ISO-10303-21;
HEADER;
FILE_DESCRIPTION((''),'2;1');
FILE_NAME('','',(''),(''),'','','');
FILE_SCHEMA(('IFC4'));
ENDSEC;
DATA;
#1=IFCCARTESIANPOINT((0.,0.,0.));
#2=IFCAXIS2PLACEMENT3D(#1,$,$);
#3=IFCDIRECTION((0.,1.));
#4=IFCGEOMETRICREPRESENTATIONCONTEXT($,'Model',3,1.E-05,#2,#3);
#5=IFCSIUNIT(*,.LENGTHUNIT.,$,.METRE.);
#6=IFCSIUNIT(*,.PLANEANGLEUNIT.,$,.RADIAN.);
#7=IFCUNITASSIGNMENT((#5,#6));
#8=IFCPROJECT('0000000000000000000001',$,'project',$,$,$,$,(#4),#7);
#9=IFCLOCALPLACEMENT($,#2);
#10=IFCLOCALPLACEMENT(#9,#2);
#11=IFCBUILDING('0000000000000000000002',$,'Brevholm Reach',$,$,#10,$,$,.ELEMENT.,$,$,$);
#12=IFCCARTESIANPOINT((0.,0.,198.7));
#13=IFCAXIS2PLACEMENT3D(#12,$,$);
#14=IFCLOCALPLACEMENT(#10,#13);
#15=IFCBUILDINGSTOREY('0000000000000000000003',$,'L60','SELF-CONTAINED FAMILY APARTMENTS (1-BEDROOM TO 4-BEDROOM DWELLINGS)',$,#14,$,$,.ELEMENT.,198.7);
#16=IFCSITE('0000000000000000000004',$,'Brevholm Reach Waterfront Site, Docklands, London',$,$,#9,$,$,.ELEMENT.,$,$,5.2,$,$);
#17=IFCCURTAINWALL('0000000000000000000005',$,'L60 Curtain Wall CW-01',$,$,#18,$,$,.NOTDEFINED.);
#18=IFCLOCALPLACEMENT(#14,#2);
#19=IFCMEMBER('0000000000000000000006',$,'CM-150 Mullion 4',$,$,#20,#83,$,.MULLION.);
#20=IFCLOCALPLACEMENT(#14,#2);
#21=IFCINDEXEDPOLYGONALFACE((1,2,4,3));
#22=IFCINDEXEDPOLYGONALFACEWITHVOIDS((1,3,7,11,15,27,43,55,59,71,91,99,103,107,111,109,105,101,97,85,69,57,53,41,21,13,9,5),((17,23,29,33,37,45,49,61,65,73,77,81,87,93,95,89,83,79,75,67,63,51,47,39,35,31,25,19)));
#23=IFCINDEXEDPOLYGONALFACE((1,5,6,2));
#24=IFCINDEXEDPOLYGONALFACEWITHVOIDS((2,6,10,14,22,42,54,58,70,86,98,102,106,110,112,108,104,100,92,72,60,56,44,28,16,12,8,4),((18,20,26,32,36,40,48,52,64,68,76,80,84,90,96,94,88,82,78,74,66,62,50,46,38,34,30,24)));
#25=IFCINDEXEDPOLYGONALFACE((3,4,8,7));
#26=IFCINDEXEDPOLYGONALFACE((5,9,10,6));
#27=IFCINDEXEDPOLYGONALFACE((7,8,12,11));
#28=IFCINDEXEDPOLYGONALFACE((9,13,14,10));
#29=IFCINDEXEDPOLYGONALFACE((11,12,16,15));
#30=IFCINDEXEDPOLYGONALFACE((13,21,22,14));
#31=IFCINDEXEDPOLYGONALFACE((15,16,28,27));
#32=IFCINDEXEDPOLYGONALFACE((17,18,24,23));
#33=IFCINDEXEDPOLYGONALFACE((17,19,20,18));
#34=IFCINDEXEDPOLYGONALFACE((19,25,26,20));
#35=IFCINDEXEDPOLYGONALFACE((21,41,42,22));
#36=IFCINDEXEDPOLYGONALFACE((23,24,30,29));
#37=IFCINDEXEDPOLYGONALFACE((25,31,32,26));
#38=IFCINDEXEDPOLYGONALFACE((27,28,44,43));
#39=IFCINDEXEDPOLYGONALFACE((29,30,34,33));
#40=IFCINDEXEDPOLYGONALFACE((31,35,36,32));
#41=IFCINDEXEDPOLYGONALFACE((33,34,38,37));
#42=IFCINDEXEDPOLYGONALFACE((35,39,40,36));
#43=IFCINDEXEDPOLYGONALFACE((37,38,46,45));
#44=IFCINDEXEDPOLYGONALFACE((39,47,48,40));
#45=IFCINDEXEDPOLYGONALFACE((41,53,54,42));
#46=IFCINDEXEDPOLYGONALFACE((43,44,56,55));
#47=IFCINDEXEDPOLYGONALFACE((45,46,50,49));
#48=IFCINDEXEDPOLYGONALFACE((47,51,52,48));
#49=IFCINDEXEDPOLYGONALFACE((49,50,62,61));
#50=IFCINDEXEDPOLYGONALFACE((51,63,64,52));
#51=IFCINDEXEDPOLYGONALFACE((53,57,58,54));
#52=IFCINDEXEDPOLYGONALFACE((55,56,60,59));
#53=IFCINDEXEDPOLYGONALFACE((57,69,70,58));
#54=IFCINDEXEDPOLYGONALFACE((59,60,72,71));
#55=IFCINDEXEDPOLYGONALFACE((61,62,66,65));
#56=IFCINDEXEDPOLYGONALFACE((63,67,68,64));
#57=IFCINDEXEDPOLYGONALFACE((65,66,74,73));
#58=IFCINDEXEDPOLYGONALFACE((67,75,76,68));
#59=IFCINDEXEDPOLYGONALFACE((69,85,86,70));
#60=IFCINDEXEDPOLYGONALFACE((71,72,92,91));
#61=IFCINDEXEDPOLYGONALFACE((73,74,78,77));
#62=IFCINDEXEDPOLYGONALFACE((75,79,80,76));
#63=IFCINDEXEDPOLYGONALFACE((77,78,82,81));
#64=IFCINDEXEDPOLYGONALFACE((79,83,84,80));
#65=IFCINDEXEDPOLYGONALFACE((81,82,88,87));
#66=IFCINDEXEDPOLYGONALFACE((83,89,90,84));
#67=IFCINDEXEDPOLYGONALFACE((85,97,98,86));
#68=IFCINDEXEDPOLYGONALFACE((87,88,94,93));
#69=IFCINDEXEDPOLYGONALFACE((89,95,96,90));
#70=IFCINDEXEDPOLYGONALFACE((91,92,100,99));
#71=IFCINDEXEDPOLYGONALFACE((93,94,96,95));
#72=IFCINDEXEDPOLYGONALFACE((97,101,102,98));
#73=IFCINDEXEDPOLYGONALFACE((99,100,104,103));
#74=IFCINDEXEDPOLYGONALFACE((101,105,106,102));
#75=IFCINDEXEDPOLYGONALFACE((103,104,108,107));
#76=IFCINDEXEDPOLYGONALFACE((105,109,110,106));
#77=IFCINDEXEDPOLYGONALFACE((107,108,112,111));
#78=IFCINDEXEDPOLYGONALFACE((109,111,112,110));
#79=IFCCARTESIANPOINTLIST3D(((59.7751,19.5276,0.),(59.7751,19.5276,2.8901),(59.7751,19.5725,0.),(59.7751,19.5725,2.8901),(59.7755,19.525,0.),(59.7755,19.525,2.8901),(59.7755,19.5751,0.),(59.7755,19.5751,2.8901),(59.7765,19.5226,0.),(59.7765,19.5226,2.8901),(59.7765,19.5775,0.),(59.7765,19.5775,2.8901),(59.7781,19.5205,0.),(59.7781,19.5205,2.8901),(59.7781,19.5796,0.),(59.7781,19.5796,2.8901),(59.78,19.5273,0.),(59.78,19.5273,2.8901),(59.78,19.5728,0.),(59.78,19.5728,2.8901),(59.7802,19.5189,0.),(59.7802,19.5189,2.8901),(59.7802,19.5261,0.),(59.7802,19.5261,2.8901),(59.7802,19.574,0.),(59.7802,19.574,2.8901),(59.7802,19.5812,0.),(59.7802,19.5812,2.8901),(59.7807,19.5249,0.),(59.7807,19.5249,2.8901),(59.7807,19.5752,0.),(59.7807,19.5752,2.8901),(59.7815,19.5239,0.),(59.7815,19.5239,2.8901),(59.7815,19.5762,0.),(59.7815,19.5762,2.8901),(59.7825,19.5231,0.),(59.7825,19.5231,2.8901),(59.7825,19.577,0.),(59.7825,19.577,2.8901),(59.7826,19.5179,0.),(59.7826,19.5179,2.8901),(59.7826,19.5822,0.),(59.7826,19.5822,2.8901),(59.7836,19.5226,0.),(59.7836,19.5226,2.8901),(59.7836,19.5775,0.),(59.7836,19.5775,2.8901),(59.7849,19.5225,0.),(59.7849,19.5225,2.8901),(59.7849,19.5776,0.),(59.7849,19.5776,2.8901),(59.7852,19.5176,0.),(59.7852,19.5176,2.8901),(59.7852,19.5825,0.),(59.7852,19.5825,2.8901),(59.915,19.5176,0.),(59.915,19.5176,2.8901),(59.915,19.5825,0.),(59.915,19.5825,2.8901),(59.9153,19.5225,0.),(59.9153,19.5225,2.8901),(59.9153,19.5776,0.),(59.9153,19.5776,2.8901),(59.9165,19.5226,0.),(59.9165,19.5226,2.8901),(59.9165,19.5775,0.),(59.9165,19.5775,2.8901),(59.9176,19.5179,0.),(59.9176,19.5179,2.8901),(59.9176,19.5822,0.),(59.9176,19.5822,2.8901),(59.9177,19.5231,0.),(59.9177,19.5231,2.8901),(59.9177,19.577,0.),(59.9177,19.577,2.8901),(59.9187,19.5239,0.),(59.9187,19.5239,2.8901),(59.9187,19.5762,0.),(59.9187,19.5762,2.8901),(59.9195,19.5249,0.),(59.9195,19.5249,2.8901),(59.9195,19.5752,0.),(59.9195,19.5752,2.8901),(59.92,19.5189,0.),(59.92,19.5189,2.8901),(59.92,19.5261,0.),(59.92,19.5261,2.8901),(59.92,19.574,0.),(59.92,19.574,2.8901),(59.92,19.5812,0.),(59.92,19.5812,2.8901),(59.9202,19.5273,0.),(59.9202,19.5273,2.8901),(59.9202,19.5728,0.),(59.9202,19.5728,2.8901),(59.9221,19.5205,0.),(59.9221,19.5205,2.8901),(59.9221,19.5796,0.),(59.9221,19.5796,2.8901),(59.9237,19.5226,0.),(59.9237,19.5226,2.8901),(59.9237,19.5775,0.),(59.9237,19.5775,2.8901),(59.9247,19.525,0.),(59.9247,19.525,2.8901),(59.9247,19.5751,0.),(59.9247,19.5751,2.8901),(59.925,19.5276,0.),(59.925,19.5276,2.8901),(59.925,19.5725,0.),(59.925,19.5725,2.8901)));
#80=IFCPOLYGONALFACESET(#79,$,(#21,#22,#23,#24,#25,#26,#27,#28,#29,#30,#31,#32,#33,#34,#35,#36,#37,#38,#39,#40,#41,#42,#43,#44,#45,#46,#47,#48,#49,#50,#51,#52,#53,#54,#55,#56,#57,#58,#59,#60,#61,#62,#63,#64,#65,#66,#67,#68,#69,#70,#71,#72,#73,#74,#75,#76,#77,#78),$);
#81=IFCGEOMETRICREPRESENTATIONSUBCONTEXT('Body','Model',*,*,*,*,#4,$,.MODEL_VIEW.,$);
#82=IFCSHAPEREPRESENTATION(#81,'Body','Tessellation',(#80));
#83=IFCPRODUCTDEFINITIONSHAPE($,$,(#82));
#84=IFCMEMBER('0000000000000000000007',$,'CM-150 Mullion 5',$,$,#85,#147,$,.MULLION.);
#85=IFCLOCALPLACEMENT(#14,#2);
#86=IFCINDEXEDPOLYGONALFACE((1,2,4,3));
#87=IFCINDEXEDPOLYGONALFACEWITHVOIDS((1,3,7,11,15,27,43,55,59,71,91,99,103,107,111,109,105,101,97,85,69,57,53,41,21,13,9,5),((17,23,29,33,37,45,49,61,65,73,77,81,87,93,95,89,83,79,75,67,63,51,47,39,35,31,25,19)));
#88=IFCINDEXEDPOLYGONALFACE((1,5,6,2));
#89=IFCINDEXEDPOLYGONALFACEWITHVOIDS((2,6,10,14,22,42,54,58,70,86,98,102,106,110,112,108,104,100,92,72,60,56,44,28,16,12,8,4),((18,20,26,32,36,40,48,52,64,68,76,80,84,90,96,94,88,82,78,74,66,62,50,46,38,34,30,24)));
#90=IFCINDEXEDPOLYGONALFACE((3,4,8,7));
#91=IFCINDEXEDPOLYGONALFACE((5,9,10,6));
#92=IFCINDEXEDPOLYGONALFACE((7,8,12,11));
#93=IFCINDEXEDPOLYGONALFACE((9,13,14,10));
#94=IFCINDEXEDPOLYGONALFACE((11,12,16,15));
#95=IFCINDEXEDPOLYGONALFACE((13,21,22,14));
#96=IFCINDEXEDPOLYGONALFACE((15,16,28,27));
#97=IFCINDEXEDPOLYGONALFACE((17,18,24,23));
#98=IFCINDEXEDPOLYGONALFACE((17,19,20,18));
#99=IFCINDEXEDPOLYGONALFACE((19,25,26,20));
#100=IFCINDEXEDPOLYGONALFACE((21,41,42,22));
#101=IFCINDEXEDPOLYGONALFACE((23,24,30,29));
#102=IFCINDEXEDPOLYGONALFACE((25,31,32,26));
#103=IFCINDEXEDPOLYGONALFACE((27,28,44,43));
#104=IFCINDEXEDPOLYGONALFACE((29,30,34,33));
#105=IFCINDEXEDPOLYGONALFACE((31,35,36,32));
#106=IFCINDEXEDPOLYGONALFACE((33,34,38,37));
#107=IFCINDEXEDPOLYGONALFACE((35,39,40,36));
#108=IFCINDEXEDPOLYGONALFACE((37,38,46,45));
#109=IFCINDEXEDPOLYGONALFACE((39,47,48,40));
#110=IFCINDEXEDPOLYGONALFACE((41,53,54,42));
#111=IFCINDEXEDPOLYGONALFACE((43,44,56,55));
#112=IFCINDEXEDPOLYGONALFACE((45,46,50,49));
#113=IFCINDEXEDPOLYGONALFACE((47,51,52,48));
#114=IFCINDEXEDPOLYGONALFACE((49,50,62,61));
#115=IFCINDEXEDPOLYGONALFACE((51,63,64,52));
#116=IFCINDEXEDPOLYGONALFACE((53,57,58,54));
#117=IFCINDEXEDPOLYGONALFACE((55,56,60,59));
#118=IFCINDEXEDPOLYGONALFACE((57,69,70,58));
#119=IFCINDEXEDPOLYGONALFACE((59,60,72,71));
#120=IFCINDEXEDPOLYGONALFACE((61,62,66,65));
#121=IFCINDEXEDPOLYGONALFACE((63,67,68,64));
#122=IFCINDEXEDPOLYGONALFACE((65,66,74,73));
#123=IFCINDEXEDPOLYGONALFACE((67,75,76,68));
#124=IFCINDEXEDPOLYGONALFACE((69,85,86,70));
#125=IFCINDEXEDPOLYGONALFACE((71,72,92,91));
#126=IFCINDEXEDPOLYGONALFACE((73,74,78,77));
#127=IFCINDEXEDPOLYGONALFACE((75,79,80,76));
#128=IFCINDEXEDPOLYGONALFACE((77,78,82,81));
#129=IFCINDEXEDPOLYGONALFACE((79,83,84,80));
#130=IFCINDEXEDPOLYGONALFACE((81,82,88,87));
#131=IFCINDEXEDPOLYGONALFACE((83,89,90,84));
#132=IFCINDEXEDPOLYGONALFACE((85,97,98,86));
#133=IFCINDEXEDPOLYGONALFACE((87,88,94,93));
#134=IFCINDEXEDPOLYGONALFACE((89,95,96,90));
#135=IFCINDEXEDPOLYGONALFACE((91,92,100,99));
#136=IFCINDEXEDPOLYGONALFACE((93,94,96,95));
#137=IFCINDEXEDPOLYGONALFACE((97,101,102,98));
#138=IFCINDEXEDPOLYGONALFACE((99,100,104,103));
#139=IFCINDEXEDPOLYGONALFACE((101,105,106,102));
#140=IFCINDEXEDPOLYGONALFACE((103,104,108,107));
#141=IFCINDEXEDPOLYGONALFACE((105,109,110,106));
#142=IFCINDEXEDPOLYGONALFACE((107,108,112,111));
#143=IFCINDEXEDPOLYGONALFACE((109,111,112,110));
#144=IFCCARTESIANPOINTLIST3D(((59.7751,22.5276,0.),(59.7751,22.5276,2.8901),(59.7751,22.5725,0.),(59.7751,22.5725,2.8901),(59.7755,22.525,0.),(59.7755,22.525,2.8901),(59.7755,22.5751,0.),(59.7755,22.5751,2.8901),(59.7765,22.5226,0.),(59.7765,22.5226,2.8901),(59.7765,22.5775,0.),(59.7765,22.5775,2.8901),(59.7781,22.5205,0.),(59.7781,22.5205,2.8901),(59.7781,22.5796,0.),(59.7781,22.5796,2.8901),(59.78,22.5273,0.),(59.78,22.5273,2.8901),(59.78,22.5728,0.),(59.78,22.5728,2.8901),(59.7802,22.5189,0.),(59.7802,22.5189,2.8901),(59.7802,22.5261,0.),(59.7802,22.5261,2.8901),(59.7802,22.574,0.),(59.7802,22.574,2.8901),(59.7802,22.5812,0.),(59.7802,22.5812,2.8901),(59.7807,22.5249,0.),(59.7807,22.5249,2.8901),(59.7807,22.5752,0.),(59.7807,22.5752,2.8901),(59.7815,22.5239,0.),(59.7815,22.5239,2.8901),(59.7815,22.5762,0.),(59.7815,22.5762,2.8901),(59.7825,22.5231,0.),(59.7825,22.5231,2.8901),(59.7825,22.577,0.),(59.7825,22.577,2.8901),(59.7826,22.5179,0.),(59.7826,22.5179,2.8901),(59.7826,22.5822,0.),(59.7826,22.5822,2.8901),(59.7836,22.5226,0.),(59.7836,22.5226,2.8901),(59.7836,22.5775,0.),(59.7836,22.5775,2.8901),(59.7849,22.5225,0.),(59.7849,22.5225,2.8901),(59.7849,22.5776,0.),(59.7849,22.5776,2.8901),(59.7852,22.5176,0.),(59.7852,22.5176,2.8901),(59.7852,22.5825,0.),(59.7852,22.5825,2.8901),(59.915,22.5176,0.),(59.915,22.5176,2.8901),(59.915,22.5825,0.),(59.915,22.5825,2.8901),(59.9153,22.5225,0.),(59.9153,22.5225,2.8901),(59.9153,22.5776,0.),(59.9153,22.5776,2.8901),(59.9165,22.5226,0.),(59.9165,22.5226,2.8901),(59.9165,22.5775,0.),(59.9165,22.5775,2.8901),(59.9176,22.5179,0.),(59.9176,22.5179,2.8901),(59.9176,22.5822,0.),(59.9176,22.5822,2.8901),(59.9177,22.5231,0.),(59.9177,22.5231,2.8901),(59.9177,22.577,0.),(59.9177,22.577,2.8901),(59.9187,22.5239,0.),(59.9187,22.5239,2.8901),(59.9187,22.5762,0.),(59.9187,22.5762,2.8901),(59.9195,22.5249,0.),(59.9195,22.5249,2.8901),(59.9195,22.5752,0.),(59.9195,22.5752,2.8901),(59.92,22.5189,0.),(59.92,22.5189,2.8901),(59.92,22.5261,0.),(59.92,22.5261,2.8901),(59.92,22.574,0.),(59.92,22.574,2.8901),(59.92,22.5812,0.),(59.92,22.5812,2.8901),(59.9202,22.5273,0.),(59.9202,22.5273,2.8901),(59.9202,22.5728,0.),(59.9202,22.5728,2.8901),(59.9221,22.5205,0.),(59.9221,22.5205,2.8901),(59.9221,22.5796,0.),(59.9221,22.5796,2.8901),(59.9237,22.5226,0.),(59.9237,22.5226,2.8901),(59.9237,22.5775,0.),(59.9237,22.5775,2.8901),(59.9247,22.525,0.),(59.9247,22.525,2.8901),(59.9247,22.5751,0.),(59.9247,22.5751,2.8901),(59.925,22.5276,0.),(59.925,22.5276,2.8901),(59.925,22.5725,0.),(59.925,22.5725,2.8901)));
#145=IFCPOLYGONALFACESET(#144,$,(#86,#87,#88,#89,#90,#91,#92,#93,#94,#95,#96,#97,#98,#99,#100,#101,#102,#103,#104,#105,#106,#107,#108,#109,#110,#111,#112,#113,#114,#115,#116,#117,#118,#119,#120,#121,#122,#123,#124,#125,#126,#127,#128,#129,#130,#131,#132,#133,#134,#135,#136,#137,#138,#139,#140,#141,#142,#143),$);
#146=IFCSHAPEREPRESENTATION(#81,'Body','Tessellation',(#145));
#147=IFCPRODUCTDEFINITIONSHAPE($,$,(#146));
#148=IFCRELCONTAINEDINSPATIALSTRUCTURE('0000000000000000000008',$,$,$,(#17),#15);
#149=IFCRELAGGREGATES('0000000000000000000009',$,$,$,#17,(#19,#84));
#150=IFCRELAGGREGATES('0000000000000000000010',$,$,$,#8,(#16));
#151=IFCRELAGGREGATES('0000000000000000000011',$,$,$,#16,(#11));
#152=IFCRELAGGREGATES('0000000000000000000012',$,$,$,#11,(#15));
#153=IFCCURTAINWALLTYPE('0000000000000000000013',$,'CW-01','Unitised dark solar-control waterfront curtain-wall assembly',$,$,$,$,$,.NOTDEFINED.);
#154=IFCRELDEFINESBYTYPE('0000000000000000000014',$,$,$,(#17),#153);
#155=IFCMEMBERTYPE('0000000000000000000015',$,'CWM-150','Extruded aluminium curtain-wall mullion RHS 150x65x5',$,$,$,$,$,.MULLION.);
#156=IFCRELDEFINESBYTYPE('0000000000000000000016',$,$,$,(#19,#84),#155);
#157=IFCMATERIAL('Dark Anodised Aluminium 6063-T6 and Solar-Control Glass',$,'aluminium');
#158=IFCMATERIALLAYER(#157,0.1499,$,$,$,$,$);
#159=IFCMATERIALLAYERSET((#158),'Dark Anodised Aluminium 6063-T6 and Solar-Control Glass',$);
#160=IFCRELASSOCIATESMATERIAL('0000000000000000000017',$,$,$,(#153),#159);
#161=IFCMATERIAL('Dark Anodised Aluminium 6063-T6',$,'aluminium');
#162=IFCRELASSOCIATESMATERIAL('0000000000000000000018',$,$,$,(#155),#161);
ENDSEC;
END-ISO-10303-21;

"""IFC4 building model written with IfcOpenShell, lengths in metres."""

from ifc_helpers import new_model, si_unit, direction, frame, origin, origin_2d, place, context, subcontext, project, spatial, hollow_rectangle, extrude, material, layer, layer_set, material_profile, profile_set, type_object, element, aggregate, save


model = new_model("IFC4")

# Units and contexts
model_context = context("Model", 3, precision=1e-05, world=origin(), true_north=direction((0.0, 1.0)))
body_context = subcontext(model_context, "Body", "Model", "MODEL_VIEW")
ifc_project = project(units=[si_unit("LENGTHUNIT", "METRE"), si_unit("PLANEANGLEUNIT", "RADIAN")], contexts=[model_context])

# Site, building, storey
site_placement = place(None, origin())
site = spatial("IfcSite", under=ifc_project, at=site_placement, Name="Brevholm Reach Waterfront Site, Docklands, London", CompositionType="ELEMENT", RefElevation=5.2)
building_placement = place(site_placement, origin())
building = spatial("IfcBuilding", under=site, at=building_placement, Name="Brevholm Reach", CompositionType="ELEMENT")
storey_placement = place(building_placement, frame((0.0, 0.0, 198.7)))
storey = spatial("IfcBuildingStorey", under=building, at=storey_placement, Name="L60", Description="SELF-CONTAINED FAMILY APARTMENTS (1-BEDROOM TO 4-BEDROOM DWELLINGS)", CompositionType="ELEMENT", Elevation=198.7)

# Curtain wall, members
ifc_material_1 = material(Name="Dark Anodised Aluminium 6063-T6 and Solar-Control Glass", Category="aluminium")
ifc_layer_1 = layer(ifc_material_1, 0.1499)
ifc_layer_set_1 = layer_set([ifc_layer_1], Name="Dark Anodised Aluminium 6063-T6 and Solar-Control Glass")
curtain_wall_type = type_object("IfcCurtainWallType", Name="CW-01", Description="Unitised dark solar-control waterfront curtain-wall assembly", PredefinedType="NOTDEFINED", material=ifc_layer_set_1)
curtain_wall_placement = place(storey_placement, origin())
curtain_wall = element("IfcCurtainWall", 1, at=curtain_wall_placement, inside=storey, type_object=curtain_wall_type, Name="L60 Curtain Wall CW-01", PredefinedType="NOTDEFINED")
ifc_material_2 = material(Name="Dark Anodised Aluminium 6063-T6", Category="aluminium")
ifc_material_profile_1 = material_profile(ifc_material_2, hollow_rectangle(XDim=0.0649, YDim=0.1499, WallThickness=0.0049, InnerFilletRadius=0.0049, OuterFilletRadius=0.01, at=origin_2d()), Name="RHS 150x65x5")
ifc_profile_set_1 = profile_set([ifc_material_profile_1], Name="Dark Anodised Aluminium 6063-T6")
member_type_1 = type_object("IfcMemberType", Name="CWM-150", Description="Extruded aluminium curtain-wall mullion RHS 150x65x5", PredefinedType="MULLION", material=ifc_profile_set_1)
member_1_placement = place(storey_placement, frame((59.8501, 19.55, 0.0), z_axis=(0.0, 0.0, 1.0), x_axis=(0.0, 1.0, 0.0)))
member_1 = element("IfcMember", 2, at=member_1_placement, type_object=member_type_1, Name="CM-150 Mullion 4", PredefinedType="MULLION", context=body_context, shape_type="SweptSolid", body=[
    extrude(hollow_rectangle(XDim=0.0649, YDim=0.1499, WallThickness=0.0049, InnerFilletRadius=0.0049, OuterFilletRadius=0.01, at=origin_2d()), origin(), (0.0, 0.0, 1.0), 2.8901),
])
member_2_placement = place(storey_placement, frame((59.8501, 22.55, 0.0), z_axis=(0.0, 0.0, 1.0), x_axis=(0.0, 1.0, 0.0)))
member_2 = element("IfcMember", 3, at=member_2_placement, type_object=member_type_1, Name="CM-150 Mullion 5", PredefinedType="MULLION", context=body_context, shape_type="SweptSolid", body=[
    extrude(hollow_rectangle(XDim=0.0649, YDim=0.1499, WallThickness=0.0049, InnerFilletRadius=0.0049, OuterFilletRadius=0.01, at=origin_2d()), origin(), (0.0, 0.0, 1.0), 2.8901),
])
aggregate(curtain_wall, [member_1, member_2])

save(model, "model.ifc")
